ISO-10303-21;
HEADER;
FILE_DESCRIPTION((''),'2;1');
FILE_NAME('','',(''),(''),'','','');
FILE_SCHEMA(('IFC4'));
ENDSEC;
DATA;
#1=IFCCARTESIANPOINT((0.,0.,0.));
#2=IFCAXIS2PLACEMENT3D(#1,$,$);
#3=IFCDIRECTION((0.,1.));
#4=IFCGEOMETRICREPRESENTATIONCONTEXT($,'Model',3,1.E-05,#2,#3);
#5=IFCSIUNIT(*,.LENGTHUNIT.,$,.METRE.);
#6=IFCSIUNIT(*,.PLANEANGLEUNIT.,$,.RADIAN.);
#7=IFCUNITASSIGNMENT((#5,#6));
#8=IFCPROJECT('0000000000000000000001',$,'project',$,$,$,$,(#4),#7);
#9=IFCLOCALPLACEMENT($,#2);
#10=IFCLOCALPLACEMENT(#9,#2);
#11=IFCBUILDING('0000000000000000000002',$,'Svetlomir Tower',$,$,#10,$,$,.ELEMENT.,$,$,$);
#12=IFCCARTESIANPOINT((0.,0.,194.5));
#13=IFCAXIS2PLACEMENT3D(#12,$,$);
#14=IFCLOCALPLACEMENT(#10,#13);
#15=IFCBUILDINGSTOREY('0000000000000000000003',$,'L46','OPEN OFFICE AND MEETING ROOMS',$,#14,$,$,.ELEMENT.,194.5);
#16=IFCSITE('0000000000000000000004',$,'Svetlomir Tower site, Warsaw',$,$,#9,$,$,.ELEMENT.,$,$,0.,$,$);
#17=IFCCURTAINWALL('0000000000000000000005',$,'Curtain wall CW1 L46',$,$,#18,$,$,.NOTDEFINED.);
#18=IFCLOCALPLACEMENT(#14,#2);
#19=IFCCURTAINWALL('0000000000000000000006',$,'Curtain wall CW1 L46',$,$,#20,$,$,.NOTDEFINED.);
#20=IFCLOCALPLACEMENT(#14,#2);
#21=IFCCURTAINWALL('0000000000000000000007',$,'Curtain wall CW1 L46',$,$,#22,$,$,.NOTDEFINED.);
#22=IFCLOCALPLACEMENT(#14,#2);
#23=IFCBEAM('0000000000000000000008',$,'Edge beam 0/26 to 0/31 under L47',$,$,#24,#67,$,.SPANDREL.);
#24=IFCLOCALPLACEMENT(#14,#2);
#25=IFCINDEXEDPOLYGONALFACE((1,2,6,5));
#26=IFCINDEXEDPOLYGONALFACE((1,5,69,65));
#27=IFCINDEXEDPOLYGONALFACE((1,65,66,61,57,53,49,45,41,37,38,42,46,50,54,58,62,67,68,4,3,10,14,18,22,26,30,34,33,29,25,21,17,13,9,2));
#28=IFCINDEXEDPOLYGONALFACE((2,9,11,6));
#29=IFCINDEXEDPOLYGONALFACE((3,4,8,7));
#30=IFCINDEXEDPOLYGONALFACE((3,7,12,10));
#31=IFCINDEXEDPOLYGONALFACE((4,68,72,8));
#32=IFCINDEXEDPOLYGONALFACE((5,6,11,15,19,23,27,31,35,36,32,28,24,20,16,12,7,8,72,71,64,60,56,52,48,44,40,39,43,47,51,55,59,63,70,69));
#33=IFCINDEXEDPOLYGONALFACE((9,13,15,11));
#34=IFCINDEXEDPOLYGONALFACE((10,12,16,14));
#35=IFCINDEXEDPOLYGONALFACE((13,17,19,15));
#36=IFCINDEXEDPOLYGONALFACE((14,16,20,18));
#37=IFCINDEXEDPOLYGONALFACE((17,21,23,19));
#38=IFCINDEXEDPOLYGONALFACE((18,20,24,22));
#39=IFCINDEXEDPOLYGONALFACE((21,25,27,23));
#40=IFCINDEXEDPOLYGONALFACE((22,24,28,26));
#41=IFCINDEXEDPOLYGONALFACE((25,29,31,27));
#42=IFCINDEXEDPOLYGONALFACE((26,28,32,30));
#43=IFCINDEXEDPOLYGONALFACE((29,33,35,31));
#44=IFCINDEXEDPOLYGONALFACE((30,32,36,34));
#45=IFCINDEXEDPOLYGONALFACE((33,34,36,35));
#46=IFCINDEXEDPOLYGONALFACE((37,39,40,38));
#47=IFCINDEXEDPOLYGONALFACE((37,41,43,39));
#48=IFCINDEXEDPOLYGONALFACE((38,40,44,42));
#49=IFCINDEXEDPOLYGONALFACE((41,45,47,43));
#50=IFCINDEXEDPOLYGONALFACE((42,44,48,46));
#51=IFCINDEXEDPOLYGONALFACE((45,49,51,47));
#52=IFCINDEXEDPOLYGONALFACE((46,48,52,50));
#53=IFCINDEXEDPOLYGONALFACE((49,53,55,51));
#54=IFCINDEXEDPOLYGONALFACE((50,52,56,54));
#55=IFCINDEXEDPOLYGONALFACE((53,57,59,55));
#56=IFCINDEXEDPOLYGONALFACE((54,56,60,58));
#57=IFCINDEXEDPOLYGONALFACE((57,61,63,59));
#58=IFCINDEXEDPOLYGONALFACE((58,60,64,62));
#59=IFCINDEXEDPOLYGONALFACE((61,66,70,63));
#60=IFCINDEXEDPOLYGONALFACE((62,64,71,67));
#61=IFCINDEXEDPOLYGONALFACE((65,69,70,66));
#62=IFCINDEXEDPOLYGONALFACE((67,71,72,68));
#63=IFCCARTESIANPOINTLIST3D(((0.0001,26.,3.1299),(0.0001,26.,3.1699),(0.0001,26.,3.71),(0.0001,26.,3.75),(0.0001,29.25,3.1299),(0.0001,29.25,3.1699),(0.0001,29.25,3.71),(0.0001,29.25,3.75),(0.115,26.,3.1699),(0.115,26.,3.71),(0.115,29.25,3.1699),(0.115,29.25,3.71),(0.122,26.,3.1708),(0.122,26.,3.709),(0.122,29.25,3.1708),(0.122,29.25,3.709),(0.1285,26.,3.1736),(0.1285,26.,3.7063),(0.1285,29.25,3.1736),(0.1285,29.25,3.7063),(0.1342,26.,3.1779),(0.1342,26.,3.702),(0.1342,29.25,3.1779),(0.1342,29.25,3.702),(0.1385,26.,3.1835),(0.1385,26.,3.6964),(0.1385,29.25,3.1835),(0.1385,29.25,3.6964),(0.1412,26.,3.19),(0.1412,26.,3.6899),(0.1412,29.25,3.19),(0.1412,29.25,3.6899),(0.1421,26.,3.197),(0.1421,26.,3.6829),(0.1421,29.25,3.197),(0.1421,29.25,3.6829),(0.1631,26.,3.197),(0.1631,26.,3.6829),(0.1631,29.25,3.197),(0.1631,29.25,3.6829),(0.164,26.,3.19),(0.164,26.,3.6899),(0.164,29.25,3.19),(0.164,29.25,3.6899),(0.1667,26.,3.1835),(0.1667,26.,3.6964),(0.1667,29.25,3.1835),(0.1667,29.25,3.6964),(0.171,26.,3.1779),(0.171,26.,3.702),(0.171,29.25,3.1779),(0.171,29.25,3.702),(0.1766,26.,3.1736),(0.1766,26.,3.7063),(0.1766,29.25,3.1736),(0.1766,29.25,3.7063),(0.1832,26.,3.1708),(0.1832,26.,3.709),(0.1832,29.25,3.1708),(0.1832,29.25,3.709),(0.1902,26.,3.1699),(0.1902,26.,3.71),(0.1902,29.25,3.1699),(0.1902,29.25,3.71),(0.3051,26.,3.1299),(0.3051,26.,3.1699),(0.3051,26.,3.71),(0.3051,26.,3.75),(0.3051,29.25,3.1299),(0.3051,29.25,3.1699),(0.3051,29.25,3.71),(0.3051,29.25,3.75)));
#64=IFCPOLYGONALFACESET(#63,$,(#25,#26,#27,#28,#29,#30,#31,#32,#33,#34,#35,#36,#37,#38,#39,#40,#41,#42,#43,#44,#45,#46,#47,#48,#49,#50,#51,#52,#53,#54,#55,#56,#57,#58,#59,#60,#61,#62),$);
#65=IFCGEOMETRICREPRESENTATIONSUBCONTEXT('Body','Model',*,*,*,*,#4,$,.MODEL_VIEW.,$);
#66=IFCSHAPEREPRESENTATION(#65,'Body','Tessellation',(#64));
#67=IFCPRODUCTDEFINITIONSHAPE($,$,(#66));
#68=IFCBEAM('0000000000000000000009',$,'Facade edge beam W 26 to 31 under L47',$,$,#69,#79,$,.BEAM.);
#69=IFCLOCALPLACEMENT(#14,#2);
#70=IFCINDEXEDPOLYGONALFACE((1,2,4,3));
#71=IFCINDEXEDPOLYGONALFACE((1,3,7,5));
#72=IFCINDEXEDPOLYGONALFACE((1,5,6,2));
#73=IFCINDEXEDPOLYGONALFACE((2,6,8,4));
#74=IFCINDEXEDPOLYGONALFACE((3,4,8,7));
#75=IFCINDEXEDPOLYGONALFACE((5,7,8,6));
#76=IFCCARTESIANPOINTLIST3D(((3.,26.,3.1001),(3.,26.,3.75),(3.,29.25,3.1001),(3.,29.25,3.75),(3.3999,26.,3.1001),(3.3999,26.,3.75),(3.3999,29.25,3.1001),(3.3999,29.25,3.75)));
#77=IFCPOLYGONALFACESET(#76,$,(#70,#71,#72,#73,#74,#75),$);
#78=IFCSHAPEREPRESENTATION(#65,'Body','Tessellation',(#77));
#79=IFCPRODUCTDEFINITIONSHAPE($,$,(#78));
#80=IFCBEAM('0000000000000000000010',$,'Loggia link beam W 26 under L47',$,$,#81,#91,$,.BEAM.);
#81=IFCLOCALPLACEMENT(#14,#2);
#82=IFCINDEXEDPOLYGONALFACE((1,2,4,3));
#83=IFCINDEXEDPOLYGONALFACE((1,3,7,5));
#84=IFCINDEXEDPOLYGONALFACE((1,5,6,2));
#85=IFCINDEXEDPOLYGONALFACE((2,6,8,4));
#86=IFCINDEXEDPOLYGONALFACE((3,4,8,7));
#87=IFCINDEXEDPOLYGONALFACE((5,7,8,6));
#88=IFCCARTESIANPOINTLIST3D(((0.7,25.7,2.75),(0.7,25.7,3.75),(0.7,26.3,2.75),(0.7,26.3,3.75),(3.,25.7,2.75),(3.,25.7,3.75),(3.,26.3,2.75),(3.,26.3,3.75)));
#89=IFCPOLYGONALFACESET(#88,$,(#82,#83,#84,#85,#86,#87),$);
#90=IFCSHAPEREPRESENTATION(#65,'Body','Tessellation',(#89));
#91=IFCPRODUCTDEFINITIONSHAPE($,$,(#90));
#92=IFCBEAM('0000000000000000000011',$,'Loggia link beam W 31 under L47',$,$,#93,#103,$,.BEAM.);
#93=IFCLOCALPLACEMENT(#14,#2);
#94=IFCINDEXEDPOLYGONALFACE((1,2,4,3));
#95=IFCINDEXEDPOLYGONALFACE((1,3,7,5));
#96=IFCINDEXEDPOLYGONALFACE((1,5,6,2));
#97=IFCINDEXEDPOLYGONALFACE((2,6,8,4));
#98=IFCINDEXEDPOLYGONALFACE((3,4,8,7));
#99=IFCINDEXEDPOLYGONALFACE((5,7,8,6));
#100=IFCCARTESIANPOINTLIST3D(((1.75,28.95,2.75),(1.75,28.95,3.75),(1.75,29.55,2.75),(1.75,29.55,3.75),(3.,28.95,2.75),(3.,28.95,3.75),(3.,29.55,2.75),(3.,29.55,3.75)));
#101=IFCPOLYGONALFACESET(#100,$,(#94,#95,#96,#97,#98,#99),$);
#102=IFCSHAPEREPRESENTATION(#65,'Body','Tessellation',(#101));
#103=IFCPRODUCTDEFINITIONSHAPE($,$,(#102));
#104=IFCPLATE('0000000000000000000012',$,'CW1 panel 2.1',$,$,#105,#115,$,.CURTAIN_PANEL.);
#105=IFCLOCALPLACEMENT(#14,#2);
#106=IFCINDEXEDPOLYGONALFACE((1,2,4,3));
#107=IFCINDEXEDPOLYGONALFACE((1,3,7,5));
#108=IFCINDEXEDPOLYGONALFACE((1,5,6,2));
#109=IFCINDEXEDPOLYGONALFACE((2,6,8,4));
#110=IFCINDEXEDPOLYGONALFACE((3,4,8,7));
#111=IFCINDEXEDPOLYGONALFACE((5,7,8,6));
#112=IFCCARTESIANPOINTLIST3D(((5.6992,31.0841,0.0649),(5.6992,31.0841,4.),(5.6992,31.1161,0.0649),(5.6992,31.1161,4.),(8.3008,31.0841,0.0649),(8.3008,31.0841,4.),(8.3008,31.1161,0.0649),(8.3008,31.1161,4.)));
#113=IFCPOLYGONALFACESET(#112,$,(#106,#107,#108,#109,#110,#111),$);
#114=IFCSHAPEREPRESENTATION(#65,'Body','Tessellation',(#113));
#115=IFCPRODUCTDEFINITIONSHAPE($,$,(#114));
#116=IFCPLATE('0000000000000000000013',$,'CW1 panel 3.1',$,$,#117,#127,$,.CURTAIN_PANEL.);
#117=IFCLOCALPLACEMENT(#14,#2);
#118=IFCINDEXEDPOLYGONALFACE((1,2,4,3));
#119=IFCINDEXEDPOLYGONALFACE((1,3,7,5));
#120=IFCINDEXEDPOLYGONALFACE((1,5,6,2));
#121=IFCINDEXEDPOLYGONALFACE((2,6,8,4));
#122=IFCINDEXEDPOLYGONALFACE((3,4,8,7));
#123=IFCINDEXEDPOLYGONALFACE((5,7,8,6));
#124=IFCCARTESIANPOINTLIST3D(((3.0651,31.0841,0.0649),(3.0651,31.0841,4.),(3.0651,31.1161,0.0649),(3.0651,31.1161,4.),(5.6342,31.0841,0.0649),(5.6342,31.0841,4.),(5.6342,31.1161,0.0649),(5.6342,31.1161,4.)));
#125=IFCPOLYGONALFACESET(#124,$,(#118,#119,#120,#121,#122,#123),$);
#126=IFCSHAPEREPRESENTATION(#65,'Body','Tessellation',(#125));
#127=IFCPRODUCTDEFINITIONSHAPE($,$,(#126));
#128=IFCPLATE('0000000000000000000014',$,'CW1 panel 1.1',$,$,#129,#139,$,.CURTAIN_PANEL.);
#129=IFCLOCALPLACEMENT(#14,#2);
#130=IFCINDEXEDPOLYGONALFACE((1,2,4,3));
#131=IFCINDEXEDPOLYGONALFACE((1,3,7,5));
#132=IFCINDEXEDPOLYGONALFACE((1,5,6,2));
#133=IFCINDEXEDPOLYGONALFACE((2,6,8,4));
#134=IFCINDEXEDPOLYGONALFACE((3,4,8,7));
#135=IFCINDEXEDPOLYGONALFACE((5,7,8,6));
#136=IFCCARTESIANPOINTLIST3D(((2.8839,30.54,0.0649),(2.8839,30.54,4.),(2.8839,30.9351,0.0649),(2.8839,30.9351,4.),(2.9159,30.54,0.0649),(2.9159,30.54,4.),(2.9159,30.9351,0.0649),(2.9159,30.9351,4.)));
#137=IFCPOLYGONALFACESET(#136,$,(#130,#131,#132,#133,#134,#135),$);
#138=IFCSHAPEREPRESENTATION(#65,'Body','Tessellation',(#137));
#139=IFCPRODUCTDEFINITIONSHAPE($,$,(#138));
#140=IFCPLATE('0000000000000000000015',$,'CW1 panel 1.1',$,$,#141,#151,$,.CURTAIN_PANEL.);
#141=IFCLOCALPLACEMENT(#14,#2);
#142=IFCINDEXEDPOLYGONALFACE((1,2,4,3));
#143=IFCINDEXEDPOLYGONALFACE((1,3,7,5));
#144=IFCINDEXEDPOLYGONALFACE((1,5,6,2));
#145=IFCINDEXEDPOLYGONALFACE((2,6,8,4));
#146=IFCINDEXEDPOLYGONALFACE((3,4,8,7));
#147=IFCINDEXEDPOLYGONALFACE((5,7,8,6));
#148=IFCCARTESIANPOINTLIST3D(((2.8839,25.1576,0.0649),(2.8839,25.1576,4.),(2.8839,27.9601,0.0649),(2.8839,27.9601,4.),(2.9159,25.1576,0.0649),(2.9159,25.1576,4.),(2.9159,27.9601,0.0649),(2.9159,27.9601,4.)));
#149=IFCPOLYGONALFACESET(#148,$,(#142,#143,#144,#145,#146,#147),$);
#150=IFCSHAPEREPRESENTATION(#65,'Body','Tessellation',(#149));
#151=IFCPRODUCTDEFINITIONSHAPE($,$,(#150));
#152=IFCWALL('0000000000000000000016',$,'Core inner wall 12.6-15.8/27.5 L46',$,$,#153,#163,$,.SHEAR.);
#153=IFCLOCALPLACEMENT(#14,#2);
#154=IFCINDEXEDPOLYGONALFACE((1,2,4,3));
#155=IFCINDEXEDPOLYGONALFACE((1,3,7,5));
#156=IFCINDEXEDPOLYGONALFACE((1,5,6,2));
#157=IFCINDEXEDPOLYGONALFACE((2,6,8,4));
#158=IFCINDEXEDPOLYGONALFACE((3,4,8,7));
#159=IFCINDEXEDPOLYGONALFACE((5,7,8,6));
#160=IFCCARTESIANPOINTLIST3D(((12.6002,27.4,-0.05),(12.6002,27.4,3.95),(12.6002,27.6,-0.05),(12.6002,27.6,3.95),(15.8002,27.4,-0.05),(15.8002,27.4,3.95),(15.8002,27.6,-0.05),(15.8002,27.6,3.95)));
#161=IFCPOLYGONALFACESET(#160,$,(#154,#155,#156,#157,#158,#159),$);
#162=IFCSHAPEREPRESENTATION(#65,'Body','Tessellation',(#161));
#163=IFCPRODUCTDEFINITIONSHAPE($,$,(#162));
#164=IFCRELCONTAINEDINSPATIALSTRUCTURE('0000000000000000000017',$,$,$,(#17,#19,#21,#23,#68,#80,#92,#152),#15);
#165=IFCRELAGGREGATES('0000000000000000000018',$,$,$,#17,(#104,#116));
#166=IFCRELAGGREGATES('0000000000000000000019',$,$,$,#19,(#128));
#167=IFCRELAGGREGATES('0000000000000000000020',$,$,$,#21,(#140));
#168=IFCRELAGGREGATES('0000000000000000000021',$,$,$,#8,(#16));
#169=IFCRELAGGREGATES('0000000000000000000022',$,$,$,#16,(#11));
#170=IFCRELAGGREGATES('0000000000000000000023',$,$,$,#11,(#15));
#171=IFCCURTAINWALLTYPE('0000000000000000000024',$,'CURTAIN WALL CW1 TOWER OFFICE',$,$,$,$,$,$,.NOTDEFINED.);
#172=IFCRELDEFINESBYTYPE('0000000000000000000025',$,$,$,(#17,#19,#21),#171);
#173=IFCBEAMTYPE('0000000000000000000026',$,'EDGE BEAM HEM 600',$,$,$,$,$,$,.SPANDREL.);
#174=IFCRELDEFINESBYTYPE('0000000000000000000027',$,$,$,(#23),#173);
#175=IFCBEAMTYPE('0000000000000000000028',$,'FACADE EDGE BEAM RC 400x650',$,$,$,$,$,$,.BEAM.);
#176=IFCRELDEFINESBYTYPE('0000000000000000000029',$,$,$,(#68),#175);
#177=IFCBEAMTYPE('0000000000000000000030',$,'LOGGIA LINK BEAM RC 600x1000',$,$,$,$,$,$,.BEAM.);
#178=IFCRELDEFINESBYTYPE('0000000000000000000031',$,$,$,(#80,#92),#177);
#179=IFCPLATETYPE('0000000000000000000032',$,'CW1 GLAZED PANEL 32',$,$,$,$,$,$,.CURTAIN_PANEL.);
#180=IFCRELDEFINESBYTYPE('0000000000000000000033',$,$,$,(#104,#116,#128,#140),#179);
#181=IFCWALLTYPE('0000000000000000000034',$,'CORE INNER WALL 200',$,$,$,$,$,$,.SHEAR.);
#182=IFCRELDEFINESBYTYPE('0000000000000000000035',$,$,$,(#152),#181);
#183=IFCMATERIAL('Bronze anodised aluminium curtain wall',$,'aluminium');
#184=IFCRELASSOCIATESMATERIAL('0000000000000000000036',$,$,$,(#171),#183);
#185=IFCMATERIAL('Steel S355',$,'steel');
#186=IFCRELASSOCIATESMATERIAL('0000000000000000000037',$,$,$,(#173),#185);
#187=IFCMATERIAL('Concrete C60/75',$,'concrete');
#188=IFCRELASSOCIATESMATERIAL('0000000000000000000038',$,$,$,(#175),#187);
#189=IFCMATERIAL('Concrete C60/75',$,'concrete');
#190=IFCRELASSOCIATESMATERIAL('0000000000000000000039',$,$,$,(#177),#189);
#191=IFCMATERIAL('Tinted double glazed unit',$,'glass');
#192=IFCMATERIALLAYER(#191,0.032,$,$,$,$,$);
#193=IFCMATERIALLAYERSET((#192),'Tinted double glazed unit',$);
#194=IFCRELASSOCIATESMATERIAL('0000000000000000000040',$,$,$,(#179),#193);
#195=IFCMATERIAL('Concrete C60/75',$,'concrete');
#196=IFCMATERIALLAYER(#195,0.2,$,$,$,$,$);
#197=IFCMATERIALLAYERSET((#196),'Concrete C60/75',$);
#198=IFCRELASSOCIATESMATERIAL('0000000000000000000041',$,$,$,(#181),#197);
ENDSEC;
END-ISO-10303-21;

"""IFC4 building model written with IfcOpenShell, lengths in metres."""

from ifc_helpers import new_model, si_unit, direction, frame, frame_2d, origin, origin_2d, place, context, subcontext, project, spatial, rectangle, i_section, extrude, material, layer, layer_set, material_profile, profile_set, type_object, element, aggregate, save


model = new_model("IFC4")

# Units and contexts
model_context = context("Model", 3, precision=1e-05, world=origin(), true_north=direction((0.0, 1.0)))
body_context = subcontext(model_context, "Body", "Model", "MODEL_VIEW")
ifc_project = project(units=[si_unit("LENGTHUNIT", "METRE"), si_unit("PLANEANGLEUNIT", "RADIAN")], contexts=[model_context])

# Site, building, storey
site_placement = place(None, origin())
site = spatial("IfcSite", under=ifc_project, at=site_placement, Name="Svetlomir Tower site, Warsaw", CompositionType="ELEMENT", RefElevation=0.0)
building_placement = place(site_placement, origin())
building = spatial("IfcBuilding", under=site, at=building_placement, Name="Svetlomir Tower", CompositionType="ELEMENT")
storey_placement = place(building_placement, frame((0.0, 0.0, 194.5)))
storey = spatial("IfcBuildingStorey", under=building, at=storey_placement, Name="L46", Description="OPEN OFFICE AND MEETING ROOMS", CompositionType="ELEMENT", Elevation=194.5)

# Shared definitions
ifc_material_1 = material(Name="Bronze anodised aluminium curtain wall", Category="aluminium")
curtain_wall_type = type_object("IfcCurtainWallType", Name="CURTAIN WALL CW1 TOWER OFFICE", PredefinedType="NOTDEFINED", material=ifc_material_1)

# Curtain walls
curtain_wall_1_placement = place(storey_placement, origin())
curtain_wall_1 = element("IfcCurtainWall", 1, at=curtain_wall_1_placement, inside=storey, type_object=curtain_wall_type, Name="Curtain wall CW1 L46", PredefinedType="NOTDEFINED")
curtain_wall_2_placement = place(storey_placement, origin())
curtain_wall_2 = element("IfcCurtainWall", 2, at=curtain_wall_2_placement, inside=storey, type_object=curtain_wall_type, Name="Curtain wall CW1 L46", PredefinedType="NOTDEFINED")
curtain_wall_3_placement = place(storey_placement, origin())
curtain_wall_3 = element("IfcCurtainWall", 3, at=curtain_wall_3_placement, inside=storey, type_object=curtain_wall_type, Name="Curtain wall CW1 L46", PredefinedType="NOTDEFINED")

# Beams
ifc_material_2 = material(Name="Steel S355", Category="steel")
ifc_material_profile_1 = material_profile(ifc_material_2, i_section(OverallWidth=0.3049, OverallDepth=0.6201, WebThickness=0.021, FlangeThickness=0.04, FilletRadius=0.0271, at=origin_2d()), Name="HEM 600")
ifc_profile_set_1 = profile_set([ifc_material_profile_1], Name="Steel S355")
beam_type_1 = type_object("IfcBeamType", Name="EDGE BEAM HEM 600", PredefinedType="SPANDREL", material=ifc_profile_set_1)
beam_1_placement = place(storey_placement, frame((0.1526, 26.0, 3.4399), z_axis=(0.0, 1.0, 0.0), x_axis=(-1.0, 0.0, 0.0)))
element("IfcBeam", 4, at=beam_1_placement, inside=storey, type_object=beam_type_1, Name="Edge beam 0/26 to 0/31 under L47", PredefinedType="SPANDREL", context=body_context, shape_type="SweptSolid", body=[
    extrude(i_section(OverallWidth=0.3049, OverallDepth=0.6201, WebThickness=0.021, FlangeThickness=0.04, FilletRadius=0.0271, at=origin_2d()), origin(), (0.0, 0.0, 1.0), 3.25),
])
ifc_material_3 = material(Name="Concrete C60/75", Category="concrete")
ifc_material_profile_2 = material_profile(ifc_material_3, rectangle(XDim=0.3999, YDim=0.6499, at=origin_2d()), Name="RC 400x650")
ifc_profile_set_2 = profile_set([ifc_material_profile_2], Name="Concrete C60/75")
beam_type_2 = type_object("IfcBeamType", Name="FACADE EDGE BEAM RC 400x650", PredefinedType="BEAM", material=ifc_profile_set_2)
beam_2_placement = place(storey_placement, frame((3.2, 26.0, 3.425), z_axis=(0.0, 1.0, 0.0), x_axis=(-1.0, 0.0, 0.0)))
element("IfcBeam", 5, at=beam_2_placement, inside=storey, type_object=beam_type_2, Name="Facade edge beam W 26 to 31 under L47", PredefinedType="BEAM", context=body_context, shape_type="SweptSolid", body=[
    extrude(rectangle(XDim=0.3999, YDim=0.6499, at=origin_2d()), origin(), (0.0, 0.0, 1.0), 3.25),
])
ifc_material_4 = material(Name="Concrete C60/75", Category="concrete")
ifc_material_profile_3 = material_profile(ifc_material_4, rectangle(XDim=0.6001, YDim=1.0, at=origin_2d()), Name="RC 600x1000")
ifc_profile_set_3 = profile_set([ifc_material_profile_3], Name="Concrete C60/75")
beam_type_3 = type_object("IfcBeamType", Name="LOGGIA LINK BEAM RC 600x1000", PredefinedType="BEAM", material=ifc_profile_set_3)
beam_3_placement = place(storey_placement, frame((0.7, 26.0, 3.25), z_axis=(1.0, 0.0, 0.0), x_axis=(0.0, 1.0, 0.0)))
element("IfcBeam", 6, at=beam_3_placement, inside=storey, type_object=beam_type_3, Name="Loggia link beam W 26 under L47", PredefinedType="BEAM", context=body_context, shape_type="SweptSolid", body=[
    extrude(rectangle(XDim=0.6001, YDim=1.0, at=origin_2d()), origin(), (0.0, 0.0, 1.0), 2.3),
])
beam_4_placement = place(storey_placement, frame((1.75, 29.25, 3.25), z_axis=(1.0, 0.0, 0.0), x_axis=(0.0, 1.0, 0.0)))
element("IfcBeam", 7, at=beam_4_placement, inside=storey, type_object=beam_type_3, Name="Loggia link beam W 31 under L47", PredefinedType="BEAM", context=body_context, shape_type="SweptSolid", body=[
    extrude(rectangle(XDim=0.6001, YDim=1.0, at=origin_2d()), origin(), (0.0, 0.0, 1.0), 1.25),
])

# Plates
ifc_material_5 = material(Name="Tinted double glazed unit", Category="glass")
ifc_layer_1 = layer(ifc_material_5, 0.032)
ifc_layer_set_1 = layer_set([ifc_layer_1], Name="Tinted double glazed unit")
plate_type = type_object("IfcPlateType", Name="CW1 GLAZED PANEL 32", PredefinedType="CURTAIN_PANEL", material=ifc_layer_set_1)
plate_1_placement = place(storey_placement, frame((7.0, 31.1001, 0.0649), z_axis=(0.0, 0.0, 1.0), x_axis=(-1.0, 0.0, 0.0)))
plate_1 = element("IfcPlate", 8, at=plate_1_placement, type_object=plate_type, Name="CW1 panel 2.1", PredefinedType="CURTAIN_PANEL", context=body_context, shape_type="SweptSolid", body=[
    extrude(rectangle(XDim=2.6016, YDim=0.032, at=origin_2d()), origin(), (0.0, 0.0, 1.0), 3.9351),
])
plate_2_placement = place(storey_placement, frame((4.3496, 31.1001, 0.0649), z_axis=(0.0, 0.0, 1.0), x_axis=(-1.0, 0.0, 0.0)))
plate_2 = element("IfcPlate", 9, at=plate_2_placement, type_object=plate_type, Name="CW1 panel 3.1", PredefinedType="CURTAIN_PANEL", context=body_context, shape_type="SweptSolid", body=[
    extrude(rectangle(XDim=2.5691, YDim=0.032, at=origin_2d()), origin(), (0.0, 0.0, 1.0), 3.9351),
])
aggregate(curtain_wall_1, [plate_1, plate_2])
plate_3_placement = place(storey_placement, frame((2.8999, 30.7375, 0.0649), z_axis=(0.0, 0.0, 1.0), x_axis=(0.0, -1.0, 0.0)))
plate_3 = element("IfcPlate", 10, at=plate_3_placement, type_object=plate_type, Name="CW1 panel 1.1", PredefinedType="CURTAIN_PANEL", context=body_context, shape_type="SweptSolid", body=[
    extrude(rectangle(XDim=0.395, YDim=0.032, at=origin_2d()), origin(), (0.0, 0.0, 1.0), 3.9351),
])
aggregate(curtain_wall_2, [plate_3])
plate_4_placement = place(storey_placement, frame((2.8999, 26.5588, 0.0649), z_axis=(0.0, 0.0, 1.0), x_axis=(0.0, -1.0, 0.0)))
plate_4 = element("IfcPlate", 11, at=plate_4_placement, type_object=plate_type, Name="CW1 panel 1.1", PredefinedType="CURTAIN_PANEL", context=body_context, shape_type="SweptSolid", body=[
    extrude(rectangle(XDim=2.8025, YDim=0.032, at=origin_2d()), origin(), (0.0, 0.0, 1.0), 3.9351),
])
aggregate(curtain_wall_3, [plate_4])

# Wall
ifc_material_6 = material(Name="Concrete C60/75", Category="concrete")
ifc_layer_2 = layer(ifc_material_6, 0.2)
ifc_layer_set_2 = layer_set([ifc_layer_2], Name="Concrete C60/75")
wall_type_1 = type_object("IfcWallType", Name="CORE INNER WALL 200", PredefinedType="SHEAR", material=ifc_layer_set_2)
wall_1_placement = place(storey_placement, frame((12.6001, 27.5, -0.05), z_axis=(0.0, 0.0, 1.0), x_axis=(1.0, 0.0, 0.0)))
element("IfcWall", 12, at=wall_1_placement, inside=storey, type_object=wall_type_1, Name="Core inner wall 12.6-15.8/27.5 L46", PredefinedType="SHEAR", context=body_context, shape_type="SweptSolid", body=[
    extrude(rectangle(XDim=3.2, YDim=0.2, at=frame_2d((1.6001, 0.0))), origin(), (0.0, 0.0, 1.0), 4.0),
])

save(model, "model.ifc")
